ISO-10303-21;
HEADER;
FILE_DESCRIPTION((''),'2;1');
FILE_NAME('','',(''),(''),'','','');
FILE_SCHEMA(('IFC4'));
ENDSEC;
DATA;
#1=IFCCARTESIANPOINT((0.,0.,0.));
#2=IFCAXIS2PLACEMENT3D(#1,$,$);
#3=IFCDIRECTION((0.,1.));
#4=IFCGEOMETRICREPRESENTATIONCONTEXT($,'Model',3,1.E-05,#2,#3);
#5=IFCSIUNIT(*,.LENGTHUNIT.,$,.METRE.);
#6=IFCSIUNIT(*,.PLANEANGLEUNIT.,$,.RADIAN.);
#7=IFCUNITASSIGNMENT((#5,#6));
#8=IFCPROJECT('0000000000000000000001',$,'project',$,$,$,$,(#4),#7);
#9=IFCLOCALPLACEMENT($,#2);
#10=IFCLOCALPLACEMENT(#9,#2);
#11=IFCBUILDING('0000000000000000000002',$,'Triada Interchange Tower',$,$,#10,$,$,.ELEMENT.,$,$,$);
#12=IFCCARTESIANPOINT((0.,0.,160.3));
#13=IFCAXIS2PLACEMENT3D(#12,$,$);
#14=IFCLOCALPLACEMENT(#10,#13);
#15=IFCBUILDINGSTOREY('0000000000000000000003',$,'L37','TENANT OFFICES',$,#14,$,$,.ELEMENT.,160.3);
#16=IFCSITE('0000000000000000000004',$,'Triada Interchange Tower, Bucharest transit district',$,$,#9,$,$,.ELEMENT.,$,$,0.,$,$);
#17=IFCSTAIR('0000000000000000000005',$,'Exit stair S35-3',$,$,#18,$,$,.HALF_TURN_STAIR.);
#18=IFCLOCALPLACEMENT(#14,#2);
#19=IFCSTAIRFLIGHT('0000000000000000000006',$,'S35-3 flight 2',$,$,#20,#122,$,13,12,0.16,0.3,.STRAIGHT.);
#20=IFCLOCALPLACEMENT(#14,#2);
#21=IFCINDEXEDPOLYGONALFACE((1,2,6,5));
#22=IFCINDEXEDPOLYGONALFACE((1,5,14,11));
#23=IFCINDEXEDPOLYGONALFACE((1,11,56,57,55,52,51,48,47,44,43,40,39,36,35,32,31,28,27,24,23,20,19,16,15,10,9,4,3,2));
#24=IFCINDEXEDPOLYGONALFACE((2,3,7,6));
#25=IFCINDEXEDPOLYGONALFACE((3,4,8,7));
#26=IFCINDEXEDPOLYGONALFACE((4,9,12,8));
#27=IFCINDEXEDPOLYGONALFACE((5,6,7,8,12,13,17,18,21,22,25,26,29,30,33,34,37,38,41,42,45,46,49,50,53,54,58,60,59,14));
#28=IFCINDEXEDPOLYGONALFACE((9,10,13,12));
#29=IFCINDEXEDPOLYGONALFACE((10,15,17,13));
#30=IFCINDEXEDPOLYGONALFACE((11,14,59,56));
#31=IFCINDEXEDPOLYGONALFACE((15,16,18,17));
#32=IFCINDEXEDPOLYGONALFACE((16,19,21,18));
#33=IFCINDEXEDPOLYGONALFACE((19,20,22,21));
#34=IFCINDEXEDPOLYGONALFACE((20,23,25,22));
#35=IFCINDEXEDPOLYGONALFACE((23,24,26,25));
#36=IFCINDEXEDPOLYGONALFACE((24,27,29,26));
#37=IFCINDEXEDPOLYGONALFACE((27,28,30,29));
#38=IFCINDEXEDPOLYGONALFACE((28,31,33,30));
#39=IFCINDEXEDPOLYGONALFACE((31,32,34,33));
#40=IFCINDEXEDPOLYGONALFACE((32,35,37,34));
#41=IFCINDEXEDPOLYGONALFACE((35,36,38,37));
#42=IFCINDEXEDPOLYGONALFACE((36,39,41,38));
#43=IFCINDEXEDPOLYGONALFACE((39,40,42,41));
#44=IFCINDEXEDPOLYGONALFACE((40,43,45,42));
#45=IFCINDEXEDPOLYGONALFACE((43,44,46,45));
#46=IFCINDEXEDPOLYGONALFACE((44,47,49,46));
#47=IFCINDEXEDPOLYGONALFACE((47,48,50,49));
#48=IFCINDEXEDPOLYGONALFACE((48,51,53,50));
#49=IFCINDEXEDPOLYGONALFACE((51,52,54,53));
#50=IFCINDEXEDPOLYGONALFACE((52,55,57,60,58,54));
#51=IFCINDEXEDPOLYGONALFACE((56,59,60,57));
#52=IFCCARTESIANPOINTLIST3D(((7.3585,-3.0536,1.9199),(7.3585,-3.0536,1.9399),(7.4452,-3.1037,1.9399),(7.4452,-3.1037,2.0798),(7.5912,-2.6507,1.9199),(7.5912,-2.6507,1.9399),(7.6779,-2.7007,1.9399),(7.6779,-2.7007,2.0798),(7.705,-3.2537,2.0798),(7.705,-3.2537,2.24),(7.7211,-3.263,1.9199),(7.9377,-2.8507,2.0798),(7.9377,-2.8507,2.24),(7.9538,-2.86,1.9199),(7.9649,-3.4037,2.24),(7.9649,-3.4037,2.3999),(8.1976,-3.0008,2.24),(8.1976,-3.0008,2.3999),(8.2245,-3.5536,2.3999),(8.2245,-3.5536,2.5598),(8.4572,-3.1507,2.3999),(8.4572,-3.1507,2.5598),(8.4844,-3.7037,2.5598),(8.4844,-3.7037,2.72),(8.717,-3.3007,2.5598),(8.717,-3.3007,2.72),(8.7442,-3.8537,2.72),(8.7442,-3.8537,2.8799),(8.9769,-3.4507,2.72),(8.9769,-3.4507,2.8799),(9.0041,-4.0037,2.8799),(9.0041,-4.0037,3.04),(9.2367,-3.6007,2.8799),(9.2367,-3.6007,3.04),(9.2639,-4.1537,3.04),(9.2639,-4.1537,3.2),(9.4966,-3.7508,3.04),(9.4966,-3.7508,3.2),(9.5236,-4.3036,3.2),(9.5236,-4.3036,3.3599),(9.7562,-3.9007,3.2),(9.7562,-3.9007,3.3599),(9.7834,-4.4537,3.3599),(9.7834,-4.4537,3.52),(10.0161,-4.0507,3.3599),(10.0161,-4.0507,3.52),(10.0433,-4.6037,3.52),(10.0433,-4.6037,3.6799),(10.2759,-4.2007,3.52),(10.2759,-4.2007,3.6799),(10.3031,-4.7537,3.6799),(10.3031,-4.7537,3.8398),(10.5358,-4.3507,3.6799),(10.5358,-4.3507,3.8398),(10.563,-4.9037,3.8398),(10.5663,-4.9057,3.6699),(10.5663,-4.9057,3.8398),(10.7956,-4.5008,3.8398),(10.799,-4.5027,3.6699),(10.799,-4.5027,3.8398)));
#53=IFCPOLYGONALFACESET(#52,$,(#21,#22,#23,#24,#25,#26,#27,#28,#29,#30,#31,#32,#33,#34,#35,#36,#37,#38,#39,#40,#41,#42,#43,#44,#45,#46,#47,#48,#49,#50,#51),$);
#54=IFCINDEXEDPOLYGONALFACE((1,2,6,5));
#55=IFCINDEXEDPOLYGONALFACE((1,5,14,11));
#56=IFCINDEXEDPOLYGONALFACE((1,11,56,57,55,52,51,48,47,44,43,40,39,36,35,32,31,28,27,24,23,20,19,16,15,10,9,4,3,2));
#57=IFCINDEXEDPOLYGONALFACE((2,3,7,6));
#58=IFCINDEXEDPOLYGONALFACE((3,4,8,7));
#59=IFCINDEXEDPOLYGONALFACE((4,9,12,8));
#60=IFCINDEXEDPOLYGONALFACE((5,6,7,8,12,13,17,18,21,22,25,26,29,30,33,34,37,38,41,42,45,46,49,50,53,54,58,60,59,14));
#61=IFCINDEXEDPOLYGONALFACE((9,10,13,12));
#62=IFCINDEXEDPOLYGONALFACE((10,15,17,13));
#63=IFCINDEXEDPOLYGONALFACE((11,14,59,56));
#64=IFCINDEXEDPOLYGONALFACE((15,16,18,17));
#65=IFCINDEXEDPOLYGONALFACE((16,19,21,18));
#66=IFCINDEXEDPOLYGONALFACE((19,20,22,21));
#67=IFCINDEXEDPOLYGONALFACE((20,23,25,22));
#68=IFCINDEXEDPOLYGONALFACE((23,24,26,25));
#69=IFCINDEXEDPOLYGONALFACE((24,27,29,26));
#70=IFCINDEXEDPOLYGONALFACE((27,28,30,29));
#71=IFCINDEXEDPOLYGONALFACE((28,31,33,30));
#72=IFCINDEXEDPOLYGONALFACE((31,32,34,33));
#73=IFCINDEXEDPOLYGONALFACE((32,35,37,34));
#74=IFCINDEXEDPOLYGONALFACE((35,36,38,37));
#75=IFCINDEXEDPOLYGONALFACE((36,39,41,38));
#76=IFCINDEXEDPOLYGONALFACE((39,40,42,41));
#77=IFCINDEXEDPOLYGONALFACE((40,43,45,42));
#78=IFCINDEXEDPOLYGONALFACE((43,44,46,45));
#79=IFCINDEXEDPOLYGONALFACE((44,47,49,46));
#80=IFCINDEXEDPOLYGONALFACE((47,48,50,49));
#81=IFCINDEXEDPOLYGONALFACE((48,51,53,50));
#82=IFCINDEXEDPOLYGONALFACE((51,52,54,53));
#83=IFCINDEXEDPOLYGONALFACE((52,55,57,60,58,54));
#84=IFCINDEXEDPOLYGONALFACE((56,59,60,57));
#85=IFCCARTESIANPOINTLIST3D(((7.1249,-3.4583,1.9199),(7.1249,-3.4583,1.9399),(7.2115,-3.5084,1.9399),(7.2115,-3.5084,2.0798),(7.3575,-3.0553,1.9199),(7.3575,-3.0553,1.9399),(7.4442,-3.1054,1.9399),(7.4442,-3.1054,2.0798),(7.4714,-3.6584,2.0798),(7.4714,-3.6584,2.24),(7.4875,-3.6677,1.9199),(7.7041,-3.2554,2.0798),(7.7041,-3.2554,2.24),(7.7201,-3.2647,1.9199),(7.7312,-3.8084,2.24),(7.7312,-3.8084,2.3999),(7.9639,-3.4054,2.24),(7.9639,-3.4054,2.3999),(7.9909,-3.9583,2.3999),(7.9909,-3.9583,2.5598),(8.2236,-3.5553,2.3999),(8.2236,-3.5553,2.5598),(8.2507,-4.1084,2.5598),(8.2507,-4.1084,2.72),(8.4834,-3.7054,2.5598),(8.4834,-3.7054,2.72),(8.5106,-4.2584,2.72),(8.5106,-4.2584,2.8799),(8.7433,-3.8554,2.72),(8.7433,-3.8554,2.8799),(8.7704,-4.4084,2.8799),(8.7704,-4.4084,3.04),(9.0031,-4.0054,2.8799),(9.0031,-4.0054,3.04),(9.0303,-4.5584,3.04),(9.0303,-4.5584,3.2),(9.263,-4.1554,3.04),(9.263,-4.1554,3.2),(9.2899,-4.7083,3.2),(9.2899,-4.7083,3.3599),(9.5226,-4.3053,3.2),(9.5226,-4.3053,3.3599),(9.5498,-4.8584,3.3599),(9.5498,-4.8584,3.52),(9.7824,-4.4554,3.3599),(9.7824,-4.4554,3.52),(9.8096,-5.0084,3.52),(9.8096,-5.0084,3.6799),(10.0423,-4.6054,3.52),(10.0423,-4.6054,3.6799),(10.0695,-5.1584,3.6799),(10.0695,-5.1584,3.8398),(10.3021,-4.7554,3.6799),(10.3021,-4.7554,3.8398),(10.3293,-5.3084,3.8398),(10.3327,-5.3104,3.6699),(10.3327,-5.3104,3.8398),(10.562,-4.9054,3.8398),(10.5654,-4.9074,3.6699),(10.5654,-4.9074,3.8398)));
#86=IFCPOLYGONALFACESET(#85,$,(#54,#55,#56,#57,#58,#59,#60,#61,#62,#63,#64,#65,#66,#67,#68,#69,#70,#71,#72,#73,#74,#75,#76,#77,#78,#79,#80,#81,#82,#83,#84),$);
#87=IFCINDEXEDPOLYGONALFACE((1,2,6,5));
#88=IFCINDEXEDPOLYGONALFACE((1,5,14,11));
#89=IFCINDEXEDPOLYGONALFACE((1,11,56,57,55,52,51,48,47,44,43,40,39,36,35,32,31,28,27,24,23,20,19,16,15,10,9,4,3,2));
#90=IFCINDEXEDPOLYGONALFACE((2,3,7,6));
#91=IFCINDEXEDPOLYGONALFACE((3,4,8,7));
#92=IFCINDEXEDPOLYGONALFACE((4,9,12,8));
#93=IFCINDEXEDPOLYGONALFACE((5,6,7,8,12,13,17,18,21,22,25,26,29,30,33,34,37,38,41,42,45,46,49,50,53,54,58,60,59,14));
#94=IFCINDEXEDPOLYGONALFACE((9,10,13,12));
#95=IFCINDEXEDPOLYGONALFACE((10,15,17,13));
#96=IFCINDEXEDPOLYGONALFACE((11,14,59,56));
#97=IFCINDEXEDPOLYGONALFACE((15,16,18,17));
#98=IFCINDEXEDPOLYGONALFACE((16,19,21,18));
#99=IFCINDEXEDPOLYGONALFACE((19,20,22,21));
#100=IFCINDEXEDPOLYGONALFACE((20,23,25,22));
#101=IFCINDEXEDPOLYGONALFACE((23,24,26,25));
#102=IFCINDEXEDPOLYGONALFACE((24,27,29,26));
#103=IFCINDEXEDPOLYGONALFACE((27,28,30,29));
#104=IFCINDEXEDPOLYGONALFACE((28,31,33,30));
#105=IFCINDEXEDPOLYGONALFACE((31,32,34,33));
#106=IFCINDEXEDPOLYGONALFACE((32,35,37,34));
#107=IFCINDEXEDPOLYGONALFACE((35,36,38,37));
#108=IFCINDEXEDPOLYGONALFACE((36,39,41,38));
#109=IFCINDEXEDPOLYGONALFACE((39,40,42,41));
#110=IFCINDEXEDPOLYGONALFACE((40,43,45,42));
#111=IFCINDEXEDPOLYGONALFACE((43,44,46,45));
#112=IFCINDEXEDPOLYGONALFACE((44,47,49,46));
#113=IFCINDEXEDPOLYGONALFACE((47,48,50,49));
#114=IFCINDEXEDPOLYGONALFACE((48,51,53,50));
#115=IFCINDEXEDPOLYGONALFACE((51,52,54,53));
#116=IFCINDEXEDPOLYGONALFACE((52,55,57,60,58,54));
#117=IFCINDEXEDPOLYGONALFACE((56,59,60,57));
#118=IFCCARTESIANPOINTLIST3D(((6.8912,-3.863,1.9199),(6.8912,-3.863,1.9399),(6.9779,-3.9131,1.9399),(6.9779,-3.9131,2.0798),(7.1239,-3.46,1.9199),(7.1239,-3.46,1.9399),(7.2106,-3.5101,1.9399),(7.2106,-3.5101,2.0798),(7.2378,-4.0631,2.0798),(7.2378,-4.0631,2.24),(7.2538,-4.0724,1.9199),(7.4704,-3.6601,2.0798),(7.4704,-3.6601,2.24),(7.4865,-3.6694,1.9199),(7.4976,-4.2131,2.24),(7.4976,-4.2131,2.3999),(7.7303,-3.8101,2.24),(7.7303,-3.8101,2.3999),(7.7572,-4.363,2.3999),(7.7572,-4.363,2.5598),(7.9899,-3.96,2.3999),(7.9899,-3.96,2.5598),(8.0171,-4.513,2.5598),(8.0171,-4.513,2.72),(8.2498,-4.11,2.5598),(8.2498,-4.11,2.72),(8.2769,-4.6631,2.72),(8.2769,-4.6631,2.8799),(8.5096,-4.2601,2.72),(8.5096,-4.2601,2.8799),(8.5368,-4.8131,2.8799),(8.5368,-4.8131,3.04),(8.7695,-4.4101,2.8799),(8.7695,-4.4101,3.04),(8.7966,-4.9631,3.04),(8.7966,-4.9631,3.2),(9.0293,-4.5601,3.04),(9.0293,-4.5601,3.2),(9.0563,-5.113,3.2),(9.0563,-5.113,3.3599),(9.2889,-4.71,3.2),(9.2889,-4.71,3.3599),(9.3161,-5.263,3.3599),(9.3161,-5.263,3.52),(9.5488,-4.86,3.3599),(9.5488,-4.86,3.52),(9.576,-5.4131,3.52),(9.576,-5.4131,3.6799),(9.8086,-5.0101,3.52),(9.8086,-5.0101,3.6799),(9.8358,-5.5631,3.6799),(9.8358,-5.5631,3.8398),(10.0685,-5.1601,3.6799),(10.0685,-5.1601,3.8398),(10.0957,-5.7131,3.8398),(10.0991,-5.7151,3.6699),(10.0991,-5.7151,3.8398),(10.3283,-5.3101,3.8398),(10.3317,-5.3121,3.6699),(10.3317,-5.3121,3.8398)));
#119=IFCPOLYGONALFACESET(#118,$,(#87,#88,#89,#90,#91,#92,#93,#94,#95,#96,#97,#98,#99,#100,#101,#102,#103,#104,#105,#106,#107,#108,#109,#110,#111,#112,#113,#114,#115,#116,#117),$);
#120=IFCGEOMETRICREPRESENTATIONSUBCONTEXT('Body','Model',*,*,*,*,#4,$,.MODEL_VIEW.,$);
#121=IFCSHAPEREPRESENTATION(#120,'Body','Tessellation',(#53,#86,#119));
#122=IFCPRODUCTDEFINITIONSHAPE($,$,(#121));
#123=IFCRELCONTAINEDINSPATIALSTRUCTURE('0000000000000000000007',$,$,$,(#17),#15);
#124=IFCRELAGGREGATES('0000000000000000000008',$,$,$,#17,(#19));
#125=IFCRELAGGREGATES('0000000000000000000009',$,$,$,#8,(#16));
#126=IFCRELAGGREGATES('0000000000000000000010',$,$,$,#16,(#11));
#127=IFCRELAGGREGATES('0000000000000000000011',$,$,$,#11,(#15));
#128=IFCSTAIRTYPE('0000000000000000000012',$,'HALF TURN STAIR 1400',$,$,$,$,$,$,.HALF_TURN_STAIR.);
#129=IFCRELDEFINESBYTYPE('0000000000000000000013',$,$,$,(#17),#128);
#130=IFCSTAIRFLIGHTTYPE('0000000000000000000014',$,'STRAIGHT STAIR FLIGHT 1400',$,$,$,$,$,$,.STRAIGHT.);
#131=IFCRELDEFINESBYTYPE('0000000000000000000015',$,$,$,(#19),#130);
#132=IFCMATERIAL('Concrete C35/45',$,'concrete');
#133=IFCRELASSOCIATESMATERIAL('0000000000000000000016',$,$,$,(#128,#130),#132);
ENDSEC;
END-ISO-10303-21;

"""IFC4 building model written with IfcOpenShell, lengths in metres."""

from ifc_helpers import new_model, si_unit, direction, frame, origin, place, context, subcontext, project, spatial, polyline, outline, extrude, material, type_object, element, aggregate, save


model = new_model("IFC4")

# Units and contexts
model_context = context("Model", 3, precision=1e-05, world=origin(), true_north=direction((0.0, 1.0)))
body_context = subcontext(model_context, "Body", "Model", "MODEL_VIEW")
ifc_project = project(units=[si_unit("LENGTHUNIT", "METRE"), si_unit("PLANEANGLEUNIT", "RADIAN")], contexts=[model_context])

# Site, building, storey
site_placement = place(None, origin())
site = spatial("IfcSite", under=ifc_project, at=site_placement, Name="Triada Interchange Tower, Bucharest transit district", CompositionType="ELEMENT", RefElevation=0.0)
building_placement = place(site_placement, origin())
building = spatial("IfcBuilding", under=site, at=building_placement, Name="Triada Interchange Tower", CompositionType="ELEMENT")
storey_placement = place(building_placement, frame((0.0, 0.0, 160.3)))
storey = spatial("IfcBuildingStorey", under=building, at=storey_placement, Name="L37", Description="TENANT OFFICES", CompositionType="ELEMENT", Elevation=160.3)

# Stair, stair flight
ifc_material_1 = material(Name="Concrete C35/45", Category="concrete")
stair_type = type_object("IfcStairType", Name="HALF TURN STAIR 1400", PredefinedType="HALF_TURN_STAIR", material=ifc_material_1)
stair_placement = place(storey_placement, origin())
stair = element("IfcStair", 1, at=stair_placement, inside=storey, type_object=stair_type, Name="Exit stair S35-3", PredefinedType="HALF_TURN_STAIR")
stair_flight_type = type_object("IfcStairFlightType", Name="STRAIGHT STAIR FLIGHT 1400", PredefinedType="STRAIGHT", material=ifc_material_1)
stair_flight_1_placement = place(storey_placement, frame((7.3279, -3.3069, 1.9199), z_axis=(0.0, 0.0, 1.0), x_axis=(0.866025, -0.5, 0.0)))
stair_flight_1 = element("IfcStairFlight", 2, at=stair_flight_1_placement, type_object=stair_flight_type, Name="S35-3 flight 2", NumberOfRisers=13, NumberOfTreads=12, PredefinedType="STRAIGHT", RiserHeight=0.16, TreadLength=0.3, context=body_context, shape_type="SweptSolid", body=[
    extrude(outline(polyline([(-0.1001, 0.0), (-0.1001, 0.02), (0.0, 0.02), (0.0, 0.1599), (0.3, 0.1599), (0.3, 0.3201), (0.6001, 0.3201), (0.6001, 0.48), (0.8999, 0.48), (0.8999, 0.6399), (1.2, 0.6399), (1.2, 0.8), (1.5, 0.8), (1.5, 0.96), (1.8, 0.96), (1.8, 1.1201), (2.1001, 1.1201), (2.1001, 1.28), (2.3999, 1.28), (2.3999, 1.4399), (2.7, 1.4399), (2.7, 1.6001), (3.0, 1.6001), (3.0, 1.76), (3.3, 1.76), (3.3, 1.9199), (3.6001, 1.9199), (3.604, 1.9199), (3.604, 2.0801), (3.604, 1.75), (0.3186, 0.0), (-0.1001, 0.0)])), frame((0.0, 0.7, 0.0), z_axis=(0.0, -1.0, 0.0), x_axis=(1.0, 0.0, 0.0)), (0.0, 0.0, 1.0), 0.4653),
    extrude(outline(polyline([(-0.1001, 0.0), (-0.1001, 0.02), (0.0, 0.02), (0.0, 0.1599), (0.3, 0.1599), (0.3, 0.3201), (0.6001, 0.3201), (0.6001, 0.48), (0.8999, 0.48), (0.8999, 0.6399), (1.2, 0.6399), (1.2, 0.8), (1.5, 0.8), (1.5, 0.96), (1.8, 0.96), (1.8, 1.1201), (2.1001, 1.1201), (2.1001, 1.28), (2.3999, 1.28), (2.3999, 1.4399), (2.7, 1.4399), (2.7, 1.6001), (3.0, 1.6001), (3.0, 1.76), (3.3, 1.76), (3.3, 1.9199), (3.6001, 1.9199), (3.604, 1.9199), (3.604, 2.0801), (3.604, 1.75), (0.3186, 0.0), (-0.1001, 0.0)])), frame((0.0, 0.2327, 0.0), z_axis=(0.0, -1.0, 0.0), x_axis=(1.0, 0.0, 0.0)), (0.0, 0.0, 1.0), 0.4653),
    extrude(outline(polyline([(-0.1001, 0.0), (-0.1001, 0.02), (0.0, 0.02), (0.0, 0.1599), (0.3, 0.1599), (0.3, 0.3201), (0.6001, 0.3201), (0.6001, 0.48), (0.8999, 0.48), (0.8999, 0.6399), (1.2, 0.6399), (1.2, 0.8), (1.5, 0.8), (1.5, 0.96), (1.8, 0.96), (1.8, 1.1201), (2.1001, 1.1201), (2.1001, 1.28), (2.3999, 1.28), (2.3999, 1.4399), (2.7, 1.4399), (2.7, 1.6001), (3.0, 1.6001), (3.0, 1.76), (3.3, 1.76), (3.3, 1.9199), (3.6001, 1.9199), (3.604, 1.9199), (3.604, 2.0801), (3.604, 1.75), (0.3186, 0.0), (-0.1001, 0.0)])), frame((0.0, -0.2346, 0.0), z_axis=(0.0, -1.0, 0.0), x_axis=(1.0, 0.0, 0.0)), (0.0, 0.0, 1.0), 0.4653),
])
aggregate(stair, [stair_flight_1])

save(model, "model.ifc")
